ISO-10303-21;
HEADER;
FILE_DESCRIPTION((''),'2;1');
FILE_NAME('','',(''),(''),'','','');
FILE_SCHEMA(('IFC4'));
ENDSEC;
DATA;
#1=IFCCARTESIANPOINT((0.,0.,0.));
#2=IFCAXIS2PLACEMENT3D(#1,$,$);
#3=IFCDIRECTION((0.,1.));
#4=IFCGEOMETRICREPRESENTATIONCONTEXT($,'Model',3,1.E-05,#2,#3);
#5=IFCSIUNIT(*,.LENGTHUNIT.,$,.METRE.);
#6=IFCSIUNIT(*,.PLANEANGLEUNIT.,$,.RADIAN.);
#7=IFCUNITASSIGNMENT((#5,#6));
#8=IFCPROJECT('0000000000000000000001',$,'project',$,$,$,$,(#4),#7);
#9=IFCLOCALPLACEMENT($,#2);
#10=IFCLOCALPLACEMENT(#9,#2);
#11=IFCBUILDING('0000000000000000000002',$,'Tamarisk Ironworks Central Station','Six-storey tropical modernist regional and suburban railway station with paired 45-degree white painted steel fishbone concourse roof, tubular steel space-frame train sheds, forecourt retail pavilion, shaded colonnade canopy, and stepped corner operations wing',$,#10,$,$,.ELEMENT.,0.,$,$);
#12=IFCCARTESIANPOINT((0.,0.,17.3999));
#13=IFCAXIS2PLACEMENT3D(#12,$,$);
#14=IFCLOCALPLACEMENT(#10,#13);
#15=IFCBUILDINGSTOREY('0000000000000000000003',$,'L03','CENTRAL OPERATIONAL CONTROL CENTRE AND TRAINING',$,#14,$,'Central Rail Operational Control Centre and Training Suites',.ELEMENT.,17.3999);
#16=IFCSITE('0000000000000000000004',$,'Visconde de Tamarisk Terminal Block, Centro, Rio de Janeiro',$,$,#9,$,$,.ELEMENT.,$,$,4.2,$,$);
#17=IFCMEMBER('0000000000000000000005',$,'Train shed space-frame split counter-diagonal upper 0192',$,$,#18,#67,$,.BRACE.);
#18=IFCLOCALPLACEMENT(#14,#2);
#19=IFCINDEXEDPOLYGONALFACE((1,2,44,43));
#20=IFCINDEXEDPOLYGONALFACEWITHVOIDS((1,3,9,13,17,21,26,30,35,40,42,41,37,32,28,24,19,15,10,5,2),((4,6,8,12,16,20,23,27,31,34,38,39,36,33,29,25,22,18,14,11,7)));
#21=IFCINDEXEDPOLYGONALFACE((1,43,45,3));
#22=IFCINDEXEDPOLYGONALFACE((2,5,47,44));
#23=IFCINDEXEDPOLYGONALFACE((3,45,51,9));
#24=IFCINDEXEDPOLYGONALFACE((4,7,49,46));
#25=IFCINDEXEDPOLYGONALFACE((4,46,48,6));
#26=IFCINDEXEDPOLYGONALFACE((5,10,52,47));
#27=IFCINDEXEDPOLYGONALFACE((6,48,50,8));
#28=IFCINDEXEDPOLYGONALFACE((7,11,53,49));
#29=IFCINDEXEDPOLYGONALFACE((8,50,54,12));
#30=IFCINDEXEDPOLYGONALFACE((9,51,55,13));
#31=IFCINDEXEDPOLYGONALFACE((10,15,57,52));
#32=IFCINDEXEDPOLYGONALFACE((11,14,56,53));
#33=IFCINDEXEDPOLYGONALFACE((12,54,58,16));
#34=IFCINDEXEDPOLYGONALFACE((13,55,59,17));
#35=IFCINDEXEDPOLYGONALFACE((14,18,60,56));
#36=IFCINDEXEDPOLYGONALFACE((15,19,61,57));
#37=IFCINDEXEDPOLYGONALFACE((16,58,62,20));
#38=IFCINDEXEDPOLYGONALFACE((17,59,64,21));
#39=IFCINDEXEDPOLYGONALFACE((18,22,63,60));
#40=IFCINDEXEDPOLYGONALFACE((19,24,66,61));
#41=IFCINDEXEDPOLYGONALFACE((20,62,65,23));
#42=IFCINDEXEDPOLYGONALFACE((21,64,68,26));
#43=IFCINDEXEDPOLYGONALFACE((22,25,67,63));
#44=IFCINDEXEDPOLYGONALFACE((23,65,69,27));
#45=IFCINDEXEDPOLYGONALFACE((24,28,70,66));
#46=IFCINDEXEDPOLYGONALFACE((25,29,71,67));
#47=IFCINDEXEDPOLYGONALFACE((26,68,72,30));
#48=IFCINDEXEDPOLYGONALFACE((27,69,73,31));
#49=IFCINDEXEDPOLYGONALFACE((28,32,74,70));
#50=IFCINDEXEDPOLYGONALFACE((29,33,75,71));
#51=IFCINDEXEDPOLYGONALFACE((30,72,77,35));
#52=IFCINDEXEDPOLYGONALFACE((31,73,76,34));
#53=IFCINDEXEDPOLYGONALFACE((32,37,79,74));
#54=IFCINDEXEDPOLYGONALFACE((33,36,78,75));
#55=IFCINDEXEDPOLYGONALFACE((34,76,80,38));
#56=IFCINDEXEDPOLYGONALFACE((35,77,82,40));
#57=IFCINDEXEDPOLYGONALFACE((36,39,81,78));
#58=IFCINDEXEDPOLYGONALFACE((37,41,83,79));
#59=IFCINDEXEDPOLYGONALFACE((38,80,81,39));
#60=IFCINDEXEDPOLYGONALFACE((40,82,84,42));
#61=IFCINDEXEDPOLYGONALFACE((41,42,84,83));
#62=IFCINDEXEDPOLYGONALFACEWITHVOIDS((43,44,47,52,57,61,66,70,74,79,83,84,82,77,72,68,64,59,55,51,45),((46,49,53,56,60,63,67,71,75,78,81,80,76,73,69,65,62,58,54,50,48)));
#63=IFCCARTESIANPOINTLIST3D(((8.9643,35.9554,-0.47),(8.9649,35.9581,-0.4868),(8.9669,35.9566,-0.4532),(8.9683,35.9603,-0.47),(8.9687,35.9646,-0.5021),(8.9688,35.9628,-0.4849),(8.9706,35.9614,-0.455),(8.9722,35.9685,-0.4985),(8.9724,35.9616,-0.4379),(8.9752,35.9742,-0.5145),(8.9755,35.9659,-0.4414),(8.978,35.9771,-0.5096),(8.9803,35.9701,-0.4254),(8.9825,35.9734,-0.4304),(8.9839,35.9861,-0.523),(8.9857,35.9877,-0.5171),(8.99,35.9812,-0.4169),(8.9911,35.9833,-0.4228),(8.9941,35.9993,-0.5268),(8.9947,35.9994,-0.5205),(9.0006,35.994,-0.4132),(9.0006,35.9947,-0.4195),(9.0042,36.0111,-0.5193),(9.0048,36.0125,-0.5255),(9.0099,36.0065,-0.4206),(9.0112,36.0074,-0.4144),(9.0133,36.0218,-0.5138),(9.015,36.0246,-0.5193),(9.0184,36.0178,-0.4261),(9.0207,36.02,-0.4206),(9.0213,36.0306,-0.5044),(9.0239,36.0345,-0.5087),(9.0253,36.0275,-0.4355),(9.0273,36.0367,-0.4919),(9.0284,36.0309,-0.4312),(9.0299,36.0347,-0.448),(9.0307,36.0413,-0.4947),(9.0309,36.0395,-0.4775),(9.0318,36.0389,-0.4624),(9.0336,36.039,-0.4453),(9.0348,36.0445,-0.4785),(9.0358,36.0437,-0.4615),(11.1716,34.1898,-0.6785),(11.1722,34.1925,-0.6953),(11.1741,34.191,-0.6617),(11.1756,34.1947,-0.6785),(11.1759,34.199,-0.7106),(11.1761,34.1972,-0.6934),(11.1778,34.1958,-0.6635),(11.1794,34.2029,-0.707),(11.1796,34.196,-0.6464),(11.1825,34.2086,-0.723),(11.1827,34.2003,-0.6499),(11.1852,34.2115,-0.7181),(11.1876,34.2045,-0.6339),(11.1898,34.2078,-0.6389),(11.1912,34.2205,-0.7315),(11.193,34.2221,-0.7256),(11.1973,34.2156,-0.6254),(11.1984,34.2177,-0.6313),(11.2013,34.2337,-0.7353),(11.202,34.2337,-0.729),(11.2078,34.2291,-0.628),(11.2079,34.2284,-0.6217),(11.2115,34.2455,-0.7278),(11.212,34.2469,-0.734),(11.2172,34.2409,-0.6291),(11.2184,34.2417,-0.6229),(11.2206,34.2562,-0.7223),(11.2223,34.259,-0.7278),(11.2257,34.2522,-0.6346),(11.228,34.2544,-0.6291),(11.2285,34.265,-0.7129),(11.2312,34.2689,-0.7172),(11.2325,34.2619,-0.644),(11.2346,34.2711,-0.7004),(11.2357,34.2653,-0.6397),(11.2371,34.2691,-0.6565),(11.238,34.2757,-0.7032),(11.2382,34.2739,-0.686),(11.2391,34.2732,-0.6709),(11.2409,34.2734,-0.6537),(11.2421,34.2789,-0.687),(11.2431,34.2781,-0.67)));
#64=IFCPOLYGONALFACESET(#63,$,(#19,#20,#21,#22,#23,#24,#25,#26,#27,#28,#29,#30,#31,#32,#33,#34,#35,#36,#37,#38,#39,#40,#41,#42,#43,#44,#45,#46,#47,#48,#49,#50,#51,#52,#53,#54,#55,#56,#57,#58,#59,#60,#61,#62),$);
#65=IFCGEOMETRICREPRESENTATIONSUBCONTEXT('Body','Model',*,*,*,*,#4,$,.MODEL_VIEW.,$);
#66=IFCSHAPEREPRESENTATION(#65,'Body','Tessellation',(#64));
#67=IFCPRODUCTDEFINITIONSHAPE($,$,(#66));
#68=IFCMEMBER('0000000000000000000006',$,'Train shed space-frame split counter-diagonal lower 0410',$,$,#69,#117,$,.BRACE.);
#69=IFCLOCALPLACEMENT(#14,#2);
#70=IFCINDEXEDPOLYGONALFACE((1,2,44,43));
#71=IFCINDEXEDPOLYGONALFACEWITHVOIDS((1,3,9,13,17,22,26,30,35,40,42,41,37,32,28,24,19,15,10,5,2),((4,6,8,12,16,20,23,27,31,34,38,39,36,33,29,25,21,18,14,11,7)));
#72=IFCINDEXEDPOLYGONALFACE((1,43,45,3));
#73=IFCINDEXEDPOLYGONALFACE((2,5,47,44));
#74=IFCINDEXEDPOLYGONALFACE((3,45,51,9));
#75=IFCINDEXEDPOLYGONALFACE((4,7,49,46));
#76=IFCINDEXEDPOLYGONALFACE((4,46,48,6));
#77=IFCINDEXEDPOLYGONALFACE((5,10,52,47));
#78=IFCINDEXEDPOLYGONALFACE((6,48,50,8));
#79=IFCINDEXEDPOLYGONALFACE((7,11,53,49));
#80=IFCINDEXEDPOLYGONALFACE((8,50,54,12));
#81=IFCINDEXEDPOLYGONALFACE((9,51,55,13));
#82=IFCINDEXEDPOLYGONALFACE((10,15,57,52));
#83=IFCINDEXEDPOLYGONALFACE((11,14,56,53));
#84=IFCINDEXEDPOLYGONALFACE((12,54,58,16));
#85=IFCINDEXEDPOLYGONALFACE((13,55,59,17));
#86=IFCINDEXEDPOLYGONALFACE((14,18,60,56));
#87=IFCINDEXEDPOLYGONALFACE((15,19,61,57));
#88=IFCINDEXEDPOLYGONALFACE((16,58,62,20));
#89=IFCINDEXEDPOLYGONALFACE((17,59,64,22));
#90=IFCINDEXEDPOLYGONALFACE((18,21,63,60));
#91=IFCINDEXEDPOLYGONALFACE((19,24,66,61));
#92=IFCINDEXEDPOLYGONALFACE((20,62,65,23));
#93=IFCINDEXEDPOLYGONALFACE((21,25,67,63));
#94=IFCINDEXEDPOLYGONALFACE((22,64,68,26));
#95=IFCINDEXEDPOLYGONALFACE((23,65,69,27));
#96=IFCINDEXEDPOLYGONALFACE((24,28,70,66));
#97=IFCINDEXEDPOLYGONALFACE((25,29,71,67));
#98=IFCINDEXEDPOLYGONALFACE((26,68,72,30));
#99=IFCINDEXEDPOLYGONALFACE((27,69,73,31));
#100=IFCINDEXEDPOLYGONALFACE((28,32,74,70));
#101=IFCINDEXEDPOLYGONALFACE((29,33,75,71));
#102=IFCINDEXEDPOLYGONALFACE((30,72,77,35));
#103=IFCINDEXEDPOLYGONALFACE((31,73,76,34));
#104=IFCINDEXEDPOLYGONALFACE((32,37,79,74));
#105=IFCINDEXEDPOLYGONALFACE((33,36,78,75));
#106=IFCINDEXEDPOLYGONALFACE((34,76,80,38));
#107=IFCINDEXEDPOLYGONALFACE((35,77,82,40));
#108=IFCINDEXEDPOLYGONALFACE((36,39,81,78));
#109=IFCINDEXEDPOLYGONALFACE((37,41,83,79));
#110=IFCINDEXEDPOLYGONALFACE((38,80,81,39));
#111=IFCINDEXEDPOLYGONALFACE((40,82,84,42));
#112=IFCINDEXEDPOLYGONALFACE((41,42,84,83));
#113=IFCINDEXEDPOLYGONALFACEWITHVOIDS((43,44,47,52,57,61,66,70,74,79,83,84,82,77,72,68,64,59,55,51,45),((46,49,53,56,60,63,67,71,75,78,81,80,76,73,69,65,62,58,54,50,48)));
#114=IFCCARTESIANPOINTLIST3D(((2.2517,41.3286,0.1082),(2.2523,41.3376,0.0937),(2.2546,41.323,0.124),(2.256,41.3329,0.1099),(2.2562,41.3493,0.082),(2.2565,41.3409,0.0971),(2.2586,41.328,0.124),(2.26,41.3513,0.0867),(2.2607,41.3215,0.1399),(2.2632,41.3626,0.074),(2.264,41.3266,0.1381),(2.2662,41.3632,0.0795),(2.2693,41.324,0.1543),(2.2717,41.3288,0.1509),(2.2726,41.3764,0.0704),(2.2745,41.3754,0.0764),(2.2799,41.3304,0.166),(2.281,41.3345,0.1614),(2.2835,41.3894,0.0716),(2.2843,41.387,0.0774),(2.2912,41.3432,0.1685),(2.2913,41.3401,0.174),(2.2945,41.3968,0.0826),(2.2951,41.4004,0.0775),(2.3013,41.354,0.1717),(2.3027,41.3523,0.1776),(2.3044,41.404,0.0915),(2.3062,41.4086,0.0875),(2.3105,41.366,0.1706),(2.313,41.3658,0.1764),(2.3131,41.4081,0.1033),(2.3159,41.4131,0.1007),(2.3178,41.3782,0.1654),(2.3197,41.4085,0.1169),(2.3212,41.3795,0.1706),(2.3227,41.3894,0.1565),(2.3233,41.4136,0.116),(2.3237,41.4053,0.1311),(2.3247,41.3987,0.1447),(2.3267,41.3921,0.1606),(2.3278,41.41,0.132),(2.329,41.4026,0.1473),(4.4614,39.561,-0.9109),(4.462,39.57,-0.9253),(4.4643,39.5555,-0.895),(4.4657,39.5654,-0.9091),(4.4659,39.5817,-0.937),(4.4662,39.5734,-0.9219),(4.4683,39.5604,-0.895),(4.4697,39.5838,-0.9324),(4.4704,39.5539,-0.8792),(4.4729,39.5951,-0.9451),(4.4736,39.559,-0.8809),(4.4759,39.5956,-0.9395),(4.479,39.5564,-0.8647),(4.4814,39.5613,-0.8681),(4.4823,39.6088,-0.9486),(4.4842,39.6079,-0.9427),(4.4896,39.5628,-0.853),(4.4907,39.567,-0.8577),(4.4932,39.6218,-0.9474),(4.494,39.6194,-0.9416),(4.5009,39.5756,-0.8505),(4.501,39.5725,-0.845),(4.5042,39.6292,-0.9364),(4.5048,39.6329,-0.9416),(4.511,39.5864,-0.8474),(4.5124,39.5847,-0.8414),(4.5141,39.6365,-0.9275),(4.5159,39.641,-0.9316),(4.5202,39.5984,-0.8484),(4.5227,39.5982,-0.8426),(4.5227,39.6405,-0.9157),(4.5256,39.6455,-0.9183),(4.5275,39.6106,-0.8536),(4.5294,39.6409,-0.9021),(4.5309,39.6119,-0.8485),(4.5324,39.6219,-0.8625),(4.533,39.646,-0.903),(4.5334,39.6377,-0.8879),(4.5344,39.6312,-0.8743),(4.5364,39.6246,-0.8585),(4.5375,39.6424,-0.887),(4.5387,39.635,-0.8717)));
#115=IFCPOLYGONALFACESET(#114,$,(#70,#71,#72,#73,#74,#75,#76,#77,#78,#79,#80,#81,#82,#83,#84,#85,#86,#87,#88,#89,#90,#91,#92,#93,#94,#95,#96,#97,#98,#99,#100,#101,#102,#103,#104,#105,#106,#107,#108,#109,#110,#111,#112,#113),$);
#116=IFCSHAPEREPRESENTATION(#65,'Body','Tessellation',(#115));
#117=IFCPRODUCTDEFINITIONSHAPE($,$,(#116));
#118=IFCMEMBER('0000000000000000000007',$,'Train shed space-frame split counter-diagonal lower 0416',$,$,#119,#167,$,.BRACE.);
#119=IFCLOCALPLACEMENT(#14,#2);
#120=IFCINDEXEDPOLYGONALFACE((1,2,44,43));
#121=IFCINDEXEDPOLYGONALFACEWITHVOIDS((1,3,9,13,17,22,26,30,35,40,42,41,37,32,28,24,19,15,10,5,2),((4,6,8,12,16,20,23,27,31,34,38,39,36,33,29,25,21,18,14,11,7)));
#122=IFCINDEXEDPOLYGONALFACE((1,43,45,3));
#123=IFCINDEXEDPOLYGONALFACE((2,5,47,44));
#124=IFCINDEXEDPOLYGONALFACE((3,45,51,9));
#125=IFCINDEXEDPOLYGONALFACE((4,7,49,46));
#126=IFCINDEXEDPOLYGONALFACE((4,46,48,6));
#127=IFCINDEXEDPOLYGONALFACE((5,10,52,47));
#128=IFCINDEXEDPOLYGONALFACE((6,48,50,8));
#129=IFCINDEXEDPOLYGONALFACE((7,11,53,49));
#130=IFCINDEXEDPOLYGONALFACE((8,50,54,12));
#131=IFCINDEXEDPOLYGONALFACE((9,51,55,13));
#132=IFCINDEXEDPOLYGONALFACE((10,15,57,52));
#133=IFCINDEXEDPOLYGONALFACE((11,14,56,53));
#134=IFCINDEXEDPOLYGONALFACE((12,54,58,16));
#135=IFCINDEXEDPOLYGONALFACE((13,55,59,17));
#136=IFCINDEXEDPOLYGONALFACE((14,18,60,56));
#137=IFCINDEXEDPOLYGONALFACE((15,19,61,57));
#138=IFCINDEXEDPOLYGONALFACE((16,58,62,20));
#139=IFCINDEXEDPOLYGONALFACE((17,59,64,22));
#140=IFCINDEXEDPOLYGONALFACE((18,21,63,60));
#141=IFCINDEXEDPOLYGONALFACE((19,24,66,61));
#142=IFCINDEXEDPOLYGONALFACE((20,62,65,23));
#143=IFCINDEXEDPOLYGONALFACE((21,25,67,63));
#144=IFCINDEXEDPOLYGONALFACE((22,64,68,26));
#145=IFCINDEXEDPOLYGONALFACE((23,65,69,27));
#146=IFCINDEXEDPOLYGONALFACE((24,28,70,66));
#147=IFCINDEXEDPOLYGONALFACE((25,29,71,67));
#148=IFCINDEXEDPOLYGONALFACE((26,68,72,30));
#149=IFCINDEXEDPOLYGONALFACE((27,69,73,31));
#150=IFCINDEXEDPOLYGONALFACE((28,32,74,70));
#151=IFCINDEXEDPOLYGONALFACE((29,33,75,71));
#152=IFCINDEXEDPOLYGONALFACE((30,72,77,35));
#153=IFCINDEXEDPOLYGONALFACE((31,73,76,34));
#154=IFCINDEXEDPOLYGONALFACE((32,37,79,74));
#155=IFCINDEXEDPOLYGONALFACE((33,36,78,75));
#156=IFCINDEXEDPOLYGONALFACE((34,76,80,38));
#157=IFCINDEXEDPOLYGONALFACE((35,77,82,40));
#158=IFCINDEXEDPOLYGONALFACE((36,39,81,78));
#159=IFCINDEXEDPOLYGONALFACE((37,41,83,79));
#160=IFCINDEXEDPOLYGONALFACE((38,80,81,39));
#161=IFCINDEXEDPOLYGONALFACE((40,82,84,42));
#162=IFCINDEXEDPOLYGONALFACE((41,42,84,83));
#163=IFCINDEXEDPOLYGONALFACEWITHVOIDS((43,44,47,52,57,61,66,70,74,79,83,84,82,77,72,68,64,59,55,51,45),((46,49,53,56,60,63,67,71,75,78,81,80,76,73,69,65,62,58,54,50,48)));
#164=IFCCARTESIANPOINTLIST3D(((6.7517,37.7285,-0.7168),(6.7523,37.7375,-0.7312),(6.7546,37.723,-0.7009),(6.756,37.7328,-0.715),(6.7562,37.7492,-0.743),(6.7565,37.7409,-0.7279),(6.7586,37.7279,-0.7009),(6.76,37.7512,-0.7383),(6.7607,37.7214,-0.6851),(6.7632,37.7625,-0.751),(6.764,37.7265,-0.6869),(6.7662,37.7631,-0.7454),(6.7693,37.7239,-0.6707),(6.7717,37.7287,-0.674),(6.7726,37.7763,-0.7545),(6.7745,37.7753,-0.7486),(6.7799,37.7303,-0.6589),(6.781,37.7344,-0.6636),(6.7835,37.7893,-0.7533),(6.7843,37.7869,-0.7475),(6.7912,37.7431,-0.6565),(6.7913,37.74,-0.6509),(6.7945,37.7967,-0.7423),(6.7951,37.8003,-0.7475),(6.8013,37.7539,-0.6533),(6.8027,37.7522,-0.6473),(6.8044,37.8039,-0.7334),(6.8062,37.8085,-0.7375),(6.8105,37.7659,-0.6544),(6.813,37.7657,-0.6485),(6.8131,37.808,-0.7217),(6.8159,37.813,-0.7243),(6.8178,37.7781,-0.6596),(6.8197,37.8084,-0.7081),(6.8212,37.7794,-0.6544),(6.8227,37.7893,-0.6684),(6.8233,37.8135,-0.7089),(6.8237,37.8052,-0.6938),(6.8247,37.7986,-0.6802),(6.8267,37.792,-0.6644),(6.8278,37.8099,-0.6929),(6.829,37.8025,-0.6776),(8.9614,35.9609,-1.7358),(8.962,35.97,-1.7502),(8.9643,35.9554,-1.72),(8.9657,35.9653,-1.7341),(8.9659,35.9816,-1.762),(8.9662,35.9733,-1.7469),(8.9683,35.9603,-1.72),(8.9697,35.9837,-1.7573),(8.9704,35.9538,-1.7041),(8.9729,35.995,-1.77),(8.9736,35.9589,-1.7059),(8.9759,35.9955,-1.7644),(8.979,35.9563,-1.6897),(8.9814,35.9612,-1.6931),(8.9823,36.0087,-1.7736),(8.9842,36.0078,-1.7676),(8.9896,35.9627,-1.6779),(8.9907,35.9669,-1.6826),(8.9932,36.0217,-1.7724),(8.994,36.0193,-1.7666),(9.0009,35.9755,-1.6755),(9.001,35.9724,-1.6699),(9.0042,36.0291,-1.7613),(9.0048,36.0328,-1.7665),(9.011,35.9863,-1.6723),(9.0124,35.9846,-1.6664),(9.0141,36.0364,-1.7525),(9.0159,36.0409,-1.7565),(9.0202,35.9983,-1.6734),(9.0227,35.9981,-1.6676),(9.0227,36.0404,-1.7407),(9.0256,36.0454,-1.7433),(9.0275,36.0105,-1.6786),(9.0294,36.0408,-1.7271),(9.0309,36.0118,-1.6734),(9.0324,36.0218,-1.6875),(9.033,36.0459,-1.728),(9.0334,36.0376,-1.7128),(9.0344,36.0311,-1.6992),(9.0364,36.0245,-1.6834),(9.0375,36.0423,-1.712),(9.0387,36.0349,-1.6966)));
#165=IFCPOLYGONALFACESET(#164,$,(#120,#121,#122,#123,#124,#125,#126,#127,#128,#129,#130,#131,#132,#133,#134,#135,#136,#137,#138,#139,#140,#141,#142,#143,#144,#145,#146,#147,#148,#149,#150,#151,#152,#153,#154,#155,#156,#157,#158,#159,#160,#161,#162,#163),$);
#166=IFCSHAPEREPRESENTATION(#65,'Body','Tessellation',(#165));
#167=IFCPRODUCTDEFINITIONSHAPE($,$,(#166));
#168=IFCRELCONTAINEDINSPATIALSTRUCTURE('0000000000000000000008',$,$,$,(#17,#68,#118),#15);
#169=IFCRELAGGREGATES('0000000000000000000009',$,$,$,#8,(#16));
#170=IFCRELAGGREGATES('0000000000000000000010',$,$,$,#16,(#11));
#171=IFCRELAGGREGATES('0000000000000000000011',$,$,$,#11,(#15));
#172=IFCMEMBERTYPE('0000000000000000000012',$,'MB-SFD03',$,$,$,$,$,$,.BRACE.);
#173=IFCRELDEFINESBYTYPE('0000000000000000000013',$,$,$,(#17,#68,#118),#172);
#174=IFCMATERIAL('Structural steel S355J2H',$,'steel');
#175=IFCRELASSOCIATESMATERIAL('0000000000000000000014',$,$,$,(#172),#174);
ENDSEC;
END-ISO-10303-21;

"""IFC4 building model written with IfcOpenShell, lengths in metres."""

from ifc_helpers import new_model, si_unit, direction, frame, origin, origin_2d, place, context, subcontext, project, spatial, hollow_circle, extrude, material, material_profile, profile_set, type_object, element, save


model = new_model("IFC4")

# Units and contexts
model_context = context("Model", 3, precision=1e-05, world=origin(), true_north=direction((0.0, 1.0)))
body_context = subcontext(model_context, "Body", "Model", "MODEL_VIEW")
ifc_project = project(units=[si_unit("LENGTHUNIT", "METRE"), si_unit("PLANEANGLEUNIT", "RADIAN")], contexts=[model_context])

# Site, building, storey
site_placement = place(None, origin())
site = spatial("IfcSite", under=ifc_project, at=site_placement, Name="Visconde de Tamarisk Terminal Block, Centro, Rio de Janeiro", CompositionType="ELEMENT", RefElevation=4.2)
building_placement = place(site_placement, origin())
building = spatial("IfcBuilding", under=site, at=building_placement, Name="Tamarisk Ironworks Central Station", Description="Six-storey tropical modernist regional and suburban railway station with paired 45-degree white painted steel fishbone concourse roof, tubular steel space-frame train sheds, forecourt retail pavilion, shaded colonnade canopy, and stepped corner operations wing", CompositionType="ELEMENT", ElevationOfRefHeight=0.0)
storey_placement = place(building_placement, frame((0.0, 0.0, 17.3999)))
storey = spatial("IfcBuildingStorey", under=building, at=storey_placement, Name="L03", Description="CENTRAL OPERATIONAL CONTROL CENTRE AND TRAINING", LongName="Central Rail Operational Control Centre and Training Suites", CompositionType="ELEMENT", Elevation=17.3999)

# Members
ifc_material_1 = material(Name="Structural steel S355J2H", Category="steel")
ifc_material_profile_1 = material_profile(ifc_material_1, hollow_circle(Radius=0.0571, WallThickness=0.0063, at=origin_2d()), Name="CHS 114.3x6.3")
ifc_profile_set_1 = profile_set([ifc_material_profile_1], Name="Structural steel S355J2H")
member_type_1 = type_object("IfcMemberType", Name="MB-SFD03", PredefinedType="BRACE", material=ifc_profile_set_1)
for number, where, z_axis, x_axis, name in (
    (1, (11.2073, 34.2344, -0.6785), (-0.778787, 0.62296, 0.073563), (-0.624653, -0.780903, 0.0), "Train shed space-frame split counter-diagonal upper 0192"),
):
    element("IfcMember", number, at=place(storey_placement, frame(where, z_axis=z_axis, x_axis=x_axis)), inside=storey, type_object=member_type_1, Name=name, PredefinedType="BRACE", context=body_context, shape_type="SweptSolid", body=[
        extrude(hollow_circle(Radius=0.0571, WallThickness=0.0063, at=origin_2d()), origin(), (0.0, 0.0, 1.0), 2.8342),
    ])
for number, where, z_axis, x_axis, name in (
    (2, (4.5, 39.6001, -0.895), (-0.734712, 0.587705, 0.338823), (-0.624653, -0.780902, 0.0), "Train shed space-frame split counter-diagonal lower 0410"),
    (3, (9.0, 36.0, -1.72), (-0.734712, 0.587705, 0.338823), (-0.624653, -0.780902, 0.0), "Train shed space-frame split counter-diagonal lower 0416"),
):
    element("IfcMember", number, at=place(storey_placement, frame(where, z_axis=z_axis, x_axis=x_axis)), inside=storey, type_object=member_type_1, Name=name, PredefinedType="BRACE", context=body_context, shape_type="SweptSolid", body=[
        extrude(hollow_circle(Radius=0.0571, WallThickness=0.0063, at=origin_2d()), origin(), (0.0, 0.0, 1.0), 3.0076),
    ])

save(model, "model.ifc")
